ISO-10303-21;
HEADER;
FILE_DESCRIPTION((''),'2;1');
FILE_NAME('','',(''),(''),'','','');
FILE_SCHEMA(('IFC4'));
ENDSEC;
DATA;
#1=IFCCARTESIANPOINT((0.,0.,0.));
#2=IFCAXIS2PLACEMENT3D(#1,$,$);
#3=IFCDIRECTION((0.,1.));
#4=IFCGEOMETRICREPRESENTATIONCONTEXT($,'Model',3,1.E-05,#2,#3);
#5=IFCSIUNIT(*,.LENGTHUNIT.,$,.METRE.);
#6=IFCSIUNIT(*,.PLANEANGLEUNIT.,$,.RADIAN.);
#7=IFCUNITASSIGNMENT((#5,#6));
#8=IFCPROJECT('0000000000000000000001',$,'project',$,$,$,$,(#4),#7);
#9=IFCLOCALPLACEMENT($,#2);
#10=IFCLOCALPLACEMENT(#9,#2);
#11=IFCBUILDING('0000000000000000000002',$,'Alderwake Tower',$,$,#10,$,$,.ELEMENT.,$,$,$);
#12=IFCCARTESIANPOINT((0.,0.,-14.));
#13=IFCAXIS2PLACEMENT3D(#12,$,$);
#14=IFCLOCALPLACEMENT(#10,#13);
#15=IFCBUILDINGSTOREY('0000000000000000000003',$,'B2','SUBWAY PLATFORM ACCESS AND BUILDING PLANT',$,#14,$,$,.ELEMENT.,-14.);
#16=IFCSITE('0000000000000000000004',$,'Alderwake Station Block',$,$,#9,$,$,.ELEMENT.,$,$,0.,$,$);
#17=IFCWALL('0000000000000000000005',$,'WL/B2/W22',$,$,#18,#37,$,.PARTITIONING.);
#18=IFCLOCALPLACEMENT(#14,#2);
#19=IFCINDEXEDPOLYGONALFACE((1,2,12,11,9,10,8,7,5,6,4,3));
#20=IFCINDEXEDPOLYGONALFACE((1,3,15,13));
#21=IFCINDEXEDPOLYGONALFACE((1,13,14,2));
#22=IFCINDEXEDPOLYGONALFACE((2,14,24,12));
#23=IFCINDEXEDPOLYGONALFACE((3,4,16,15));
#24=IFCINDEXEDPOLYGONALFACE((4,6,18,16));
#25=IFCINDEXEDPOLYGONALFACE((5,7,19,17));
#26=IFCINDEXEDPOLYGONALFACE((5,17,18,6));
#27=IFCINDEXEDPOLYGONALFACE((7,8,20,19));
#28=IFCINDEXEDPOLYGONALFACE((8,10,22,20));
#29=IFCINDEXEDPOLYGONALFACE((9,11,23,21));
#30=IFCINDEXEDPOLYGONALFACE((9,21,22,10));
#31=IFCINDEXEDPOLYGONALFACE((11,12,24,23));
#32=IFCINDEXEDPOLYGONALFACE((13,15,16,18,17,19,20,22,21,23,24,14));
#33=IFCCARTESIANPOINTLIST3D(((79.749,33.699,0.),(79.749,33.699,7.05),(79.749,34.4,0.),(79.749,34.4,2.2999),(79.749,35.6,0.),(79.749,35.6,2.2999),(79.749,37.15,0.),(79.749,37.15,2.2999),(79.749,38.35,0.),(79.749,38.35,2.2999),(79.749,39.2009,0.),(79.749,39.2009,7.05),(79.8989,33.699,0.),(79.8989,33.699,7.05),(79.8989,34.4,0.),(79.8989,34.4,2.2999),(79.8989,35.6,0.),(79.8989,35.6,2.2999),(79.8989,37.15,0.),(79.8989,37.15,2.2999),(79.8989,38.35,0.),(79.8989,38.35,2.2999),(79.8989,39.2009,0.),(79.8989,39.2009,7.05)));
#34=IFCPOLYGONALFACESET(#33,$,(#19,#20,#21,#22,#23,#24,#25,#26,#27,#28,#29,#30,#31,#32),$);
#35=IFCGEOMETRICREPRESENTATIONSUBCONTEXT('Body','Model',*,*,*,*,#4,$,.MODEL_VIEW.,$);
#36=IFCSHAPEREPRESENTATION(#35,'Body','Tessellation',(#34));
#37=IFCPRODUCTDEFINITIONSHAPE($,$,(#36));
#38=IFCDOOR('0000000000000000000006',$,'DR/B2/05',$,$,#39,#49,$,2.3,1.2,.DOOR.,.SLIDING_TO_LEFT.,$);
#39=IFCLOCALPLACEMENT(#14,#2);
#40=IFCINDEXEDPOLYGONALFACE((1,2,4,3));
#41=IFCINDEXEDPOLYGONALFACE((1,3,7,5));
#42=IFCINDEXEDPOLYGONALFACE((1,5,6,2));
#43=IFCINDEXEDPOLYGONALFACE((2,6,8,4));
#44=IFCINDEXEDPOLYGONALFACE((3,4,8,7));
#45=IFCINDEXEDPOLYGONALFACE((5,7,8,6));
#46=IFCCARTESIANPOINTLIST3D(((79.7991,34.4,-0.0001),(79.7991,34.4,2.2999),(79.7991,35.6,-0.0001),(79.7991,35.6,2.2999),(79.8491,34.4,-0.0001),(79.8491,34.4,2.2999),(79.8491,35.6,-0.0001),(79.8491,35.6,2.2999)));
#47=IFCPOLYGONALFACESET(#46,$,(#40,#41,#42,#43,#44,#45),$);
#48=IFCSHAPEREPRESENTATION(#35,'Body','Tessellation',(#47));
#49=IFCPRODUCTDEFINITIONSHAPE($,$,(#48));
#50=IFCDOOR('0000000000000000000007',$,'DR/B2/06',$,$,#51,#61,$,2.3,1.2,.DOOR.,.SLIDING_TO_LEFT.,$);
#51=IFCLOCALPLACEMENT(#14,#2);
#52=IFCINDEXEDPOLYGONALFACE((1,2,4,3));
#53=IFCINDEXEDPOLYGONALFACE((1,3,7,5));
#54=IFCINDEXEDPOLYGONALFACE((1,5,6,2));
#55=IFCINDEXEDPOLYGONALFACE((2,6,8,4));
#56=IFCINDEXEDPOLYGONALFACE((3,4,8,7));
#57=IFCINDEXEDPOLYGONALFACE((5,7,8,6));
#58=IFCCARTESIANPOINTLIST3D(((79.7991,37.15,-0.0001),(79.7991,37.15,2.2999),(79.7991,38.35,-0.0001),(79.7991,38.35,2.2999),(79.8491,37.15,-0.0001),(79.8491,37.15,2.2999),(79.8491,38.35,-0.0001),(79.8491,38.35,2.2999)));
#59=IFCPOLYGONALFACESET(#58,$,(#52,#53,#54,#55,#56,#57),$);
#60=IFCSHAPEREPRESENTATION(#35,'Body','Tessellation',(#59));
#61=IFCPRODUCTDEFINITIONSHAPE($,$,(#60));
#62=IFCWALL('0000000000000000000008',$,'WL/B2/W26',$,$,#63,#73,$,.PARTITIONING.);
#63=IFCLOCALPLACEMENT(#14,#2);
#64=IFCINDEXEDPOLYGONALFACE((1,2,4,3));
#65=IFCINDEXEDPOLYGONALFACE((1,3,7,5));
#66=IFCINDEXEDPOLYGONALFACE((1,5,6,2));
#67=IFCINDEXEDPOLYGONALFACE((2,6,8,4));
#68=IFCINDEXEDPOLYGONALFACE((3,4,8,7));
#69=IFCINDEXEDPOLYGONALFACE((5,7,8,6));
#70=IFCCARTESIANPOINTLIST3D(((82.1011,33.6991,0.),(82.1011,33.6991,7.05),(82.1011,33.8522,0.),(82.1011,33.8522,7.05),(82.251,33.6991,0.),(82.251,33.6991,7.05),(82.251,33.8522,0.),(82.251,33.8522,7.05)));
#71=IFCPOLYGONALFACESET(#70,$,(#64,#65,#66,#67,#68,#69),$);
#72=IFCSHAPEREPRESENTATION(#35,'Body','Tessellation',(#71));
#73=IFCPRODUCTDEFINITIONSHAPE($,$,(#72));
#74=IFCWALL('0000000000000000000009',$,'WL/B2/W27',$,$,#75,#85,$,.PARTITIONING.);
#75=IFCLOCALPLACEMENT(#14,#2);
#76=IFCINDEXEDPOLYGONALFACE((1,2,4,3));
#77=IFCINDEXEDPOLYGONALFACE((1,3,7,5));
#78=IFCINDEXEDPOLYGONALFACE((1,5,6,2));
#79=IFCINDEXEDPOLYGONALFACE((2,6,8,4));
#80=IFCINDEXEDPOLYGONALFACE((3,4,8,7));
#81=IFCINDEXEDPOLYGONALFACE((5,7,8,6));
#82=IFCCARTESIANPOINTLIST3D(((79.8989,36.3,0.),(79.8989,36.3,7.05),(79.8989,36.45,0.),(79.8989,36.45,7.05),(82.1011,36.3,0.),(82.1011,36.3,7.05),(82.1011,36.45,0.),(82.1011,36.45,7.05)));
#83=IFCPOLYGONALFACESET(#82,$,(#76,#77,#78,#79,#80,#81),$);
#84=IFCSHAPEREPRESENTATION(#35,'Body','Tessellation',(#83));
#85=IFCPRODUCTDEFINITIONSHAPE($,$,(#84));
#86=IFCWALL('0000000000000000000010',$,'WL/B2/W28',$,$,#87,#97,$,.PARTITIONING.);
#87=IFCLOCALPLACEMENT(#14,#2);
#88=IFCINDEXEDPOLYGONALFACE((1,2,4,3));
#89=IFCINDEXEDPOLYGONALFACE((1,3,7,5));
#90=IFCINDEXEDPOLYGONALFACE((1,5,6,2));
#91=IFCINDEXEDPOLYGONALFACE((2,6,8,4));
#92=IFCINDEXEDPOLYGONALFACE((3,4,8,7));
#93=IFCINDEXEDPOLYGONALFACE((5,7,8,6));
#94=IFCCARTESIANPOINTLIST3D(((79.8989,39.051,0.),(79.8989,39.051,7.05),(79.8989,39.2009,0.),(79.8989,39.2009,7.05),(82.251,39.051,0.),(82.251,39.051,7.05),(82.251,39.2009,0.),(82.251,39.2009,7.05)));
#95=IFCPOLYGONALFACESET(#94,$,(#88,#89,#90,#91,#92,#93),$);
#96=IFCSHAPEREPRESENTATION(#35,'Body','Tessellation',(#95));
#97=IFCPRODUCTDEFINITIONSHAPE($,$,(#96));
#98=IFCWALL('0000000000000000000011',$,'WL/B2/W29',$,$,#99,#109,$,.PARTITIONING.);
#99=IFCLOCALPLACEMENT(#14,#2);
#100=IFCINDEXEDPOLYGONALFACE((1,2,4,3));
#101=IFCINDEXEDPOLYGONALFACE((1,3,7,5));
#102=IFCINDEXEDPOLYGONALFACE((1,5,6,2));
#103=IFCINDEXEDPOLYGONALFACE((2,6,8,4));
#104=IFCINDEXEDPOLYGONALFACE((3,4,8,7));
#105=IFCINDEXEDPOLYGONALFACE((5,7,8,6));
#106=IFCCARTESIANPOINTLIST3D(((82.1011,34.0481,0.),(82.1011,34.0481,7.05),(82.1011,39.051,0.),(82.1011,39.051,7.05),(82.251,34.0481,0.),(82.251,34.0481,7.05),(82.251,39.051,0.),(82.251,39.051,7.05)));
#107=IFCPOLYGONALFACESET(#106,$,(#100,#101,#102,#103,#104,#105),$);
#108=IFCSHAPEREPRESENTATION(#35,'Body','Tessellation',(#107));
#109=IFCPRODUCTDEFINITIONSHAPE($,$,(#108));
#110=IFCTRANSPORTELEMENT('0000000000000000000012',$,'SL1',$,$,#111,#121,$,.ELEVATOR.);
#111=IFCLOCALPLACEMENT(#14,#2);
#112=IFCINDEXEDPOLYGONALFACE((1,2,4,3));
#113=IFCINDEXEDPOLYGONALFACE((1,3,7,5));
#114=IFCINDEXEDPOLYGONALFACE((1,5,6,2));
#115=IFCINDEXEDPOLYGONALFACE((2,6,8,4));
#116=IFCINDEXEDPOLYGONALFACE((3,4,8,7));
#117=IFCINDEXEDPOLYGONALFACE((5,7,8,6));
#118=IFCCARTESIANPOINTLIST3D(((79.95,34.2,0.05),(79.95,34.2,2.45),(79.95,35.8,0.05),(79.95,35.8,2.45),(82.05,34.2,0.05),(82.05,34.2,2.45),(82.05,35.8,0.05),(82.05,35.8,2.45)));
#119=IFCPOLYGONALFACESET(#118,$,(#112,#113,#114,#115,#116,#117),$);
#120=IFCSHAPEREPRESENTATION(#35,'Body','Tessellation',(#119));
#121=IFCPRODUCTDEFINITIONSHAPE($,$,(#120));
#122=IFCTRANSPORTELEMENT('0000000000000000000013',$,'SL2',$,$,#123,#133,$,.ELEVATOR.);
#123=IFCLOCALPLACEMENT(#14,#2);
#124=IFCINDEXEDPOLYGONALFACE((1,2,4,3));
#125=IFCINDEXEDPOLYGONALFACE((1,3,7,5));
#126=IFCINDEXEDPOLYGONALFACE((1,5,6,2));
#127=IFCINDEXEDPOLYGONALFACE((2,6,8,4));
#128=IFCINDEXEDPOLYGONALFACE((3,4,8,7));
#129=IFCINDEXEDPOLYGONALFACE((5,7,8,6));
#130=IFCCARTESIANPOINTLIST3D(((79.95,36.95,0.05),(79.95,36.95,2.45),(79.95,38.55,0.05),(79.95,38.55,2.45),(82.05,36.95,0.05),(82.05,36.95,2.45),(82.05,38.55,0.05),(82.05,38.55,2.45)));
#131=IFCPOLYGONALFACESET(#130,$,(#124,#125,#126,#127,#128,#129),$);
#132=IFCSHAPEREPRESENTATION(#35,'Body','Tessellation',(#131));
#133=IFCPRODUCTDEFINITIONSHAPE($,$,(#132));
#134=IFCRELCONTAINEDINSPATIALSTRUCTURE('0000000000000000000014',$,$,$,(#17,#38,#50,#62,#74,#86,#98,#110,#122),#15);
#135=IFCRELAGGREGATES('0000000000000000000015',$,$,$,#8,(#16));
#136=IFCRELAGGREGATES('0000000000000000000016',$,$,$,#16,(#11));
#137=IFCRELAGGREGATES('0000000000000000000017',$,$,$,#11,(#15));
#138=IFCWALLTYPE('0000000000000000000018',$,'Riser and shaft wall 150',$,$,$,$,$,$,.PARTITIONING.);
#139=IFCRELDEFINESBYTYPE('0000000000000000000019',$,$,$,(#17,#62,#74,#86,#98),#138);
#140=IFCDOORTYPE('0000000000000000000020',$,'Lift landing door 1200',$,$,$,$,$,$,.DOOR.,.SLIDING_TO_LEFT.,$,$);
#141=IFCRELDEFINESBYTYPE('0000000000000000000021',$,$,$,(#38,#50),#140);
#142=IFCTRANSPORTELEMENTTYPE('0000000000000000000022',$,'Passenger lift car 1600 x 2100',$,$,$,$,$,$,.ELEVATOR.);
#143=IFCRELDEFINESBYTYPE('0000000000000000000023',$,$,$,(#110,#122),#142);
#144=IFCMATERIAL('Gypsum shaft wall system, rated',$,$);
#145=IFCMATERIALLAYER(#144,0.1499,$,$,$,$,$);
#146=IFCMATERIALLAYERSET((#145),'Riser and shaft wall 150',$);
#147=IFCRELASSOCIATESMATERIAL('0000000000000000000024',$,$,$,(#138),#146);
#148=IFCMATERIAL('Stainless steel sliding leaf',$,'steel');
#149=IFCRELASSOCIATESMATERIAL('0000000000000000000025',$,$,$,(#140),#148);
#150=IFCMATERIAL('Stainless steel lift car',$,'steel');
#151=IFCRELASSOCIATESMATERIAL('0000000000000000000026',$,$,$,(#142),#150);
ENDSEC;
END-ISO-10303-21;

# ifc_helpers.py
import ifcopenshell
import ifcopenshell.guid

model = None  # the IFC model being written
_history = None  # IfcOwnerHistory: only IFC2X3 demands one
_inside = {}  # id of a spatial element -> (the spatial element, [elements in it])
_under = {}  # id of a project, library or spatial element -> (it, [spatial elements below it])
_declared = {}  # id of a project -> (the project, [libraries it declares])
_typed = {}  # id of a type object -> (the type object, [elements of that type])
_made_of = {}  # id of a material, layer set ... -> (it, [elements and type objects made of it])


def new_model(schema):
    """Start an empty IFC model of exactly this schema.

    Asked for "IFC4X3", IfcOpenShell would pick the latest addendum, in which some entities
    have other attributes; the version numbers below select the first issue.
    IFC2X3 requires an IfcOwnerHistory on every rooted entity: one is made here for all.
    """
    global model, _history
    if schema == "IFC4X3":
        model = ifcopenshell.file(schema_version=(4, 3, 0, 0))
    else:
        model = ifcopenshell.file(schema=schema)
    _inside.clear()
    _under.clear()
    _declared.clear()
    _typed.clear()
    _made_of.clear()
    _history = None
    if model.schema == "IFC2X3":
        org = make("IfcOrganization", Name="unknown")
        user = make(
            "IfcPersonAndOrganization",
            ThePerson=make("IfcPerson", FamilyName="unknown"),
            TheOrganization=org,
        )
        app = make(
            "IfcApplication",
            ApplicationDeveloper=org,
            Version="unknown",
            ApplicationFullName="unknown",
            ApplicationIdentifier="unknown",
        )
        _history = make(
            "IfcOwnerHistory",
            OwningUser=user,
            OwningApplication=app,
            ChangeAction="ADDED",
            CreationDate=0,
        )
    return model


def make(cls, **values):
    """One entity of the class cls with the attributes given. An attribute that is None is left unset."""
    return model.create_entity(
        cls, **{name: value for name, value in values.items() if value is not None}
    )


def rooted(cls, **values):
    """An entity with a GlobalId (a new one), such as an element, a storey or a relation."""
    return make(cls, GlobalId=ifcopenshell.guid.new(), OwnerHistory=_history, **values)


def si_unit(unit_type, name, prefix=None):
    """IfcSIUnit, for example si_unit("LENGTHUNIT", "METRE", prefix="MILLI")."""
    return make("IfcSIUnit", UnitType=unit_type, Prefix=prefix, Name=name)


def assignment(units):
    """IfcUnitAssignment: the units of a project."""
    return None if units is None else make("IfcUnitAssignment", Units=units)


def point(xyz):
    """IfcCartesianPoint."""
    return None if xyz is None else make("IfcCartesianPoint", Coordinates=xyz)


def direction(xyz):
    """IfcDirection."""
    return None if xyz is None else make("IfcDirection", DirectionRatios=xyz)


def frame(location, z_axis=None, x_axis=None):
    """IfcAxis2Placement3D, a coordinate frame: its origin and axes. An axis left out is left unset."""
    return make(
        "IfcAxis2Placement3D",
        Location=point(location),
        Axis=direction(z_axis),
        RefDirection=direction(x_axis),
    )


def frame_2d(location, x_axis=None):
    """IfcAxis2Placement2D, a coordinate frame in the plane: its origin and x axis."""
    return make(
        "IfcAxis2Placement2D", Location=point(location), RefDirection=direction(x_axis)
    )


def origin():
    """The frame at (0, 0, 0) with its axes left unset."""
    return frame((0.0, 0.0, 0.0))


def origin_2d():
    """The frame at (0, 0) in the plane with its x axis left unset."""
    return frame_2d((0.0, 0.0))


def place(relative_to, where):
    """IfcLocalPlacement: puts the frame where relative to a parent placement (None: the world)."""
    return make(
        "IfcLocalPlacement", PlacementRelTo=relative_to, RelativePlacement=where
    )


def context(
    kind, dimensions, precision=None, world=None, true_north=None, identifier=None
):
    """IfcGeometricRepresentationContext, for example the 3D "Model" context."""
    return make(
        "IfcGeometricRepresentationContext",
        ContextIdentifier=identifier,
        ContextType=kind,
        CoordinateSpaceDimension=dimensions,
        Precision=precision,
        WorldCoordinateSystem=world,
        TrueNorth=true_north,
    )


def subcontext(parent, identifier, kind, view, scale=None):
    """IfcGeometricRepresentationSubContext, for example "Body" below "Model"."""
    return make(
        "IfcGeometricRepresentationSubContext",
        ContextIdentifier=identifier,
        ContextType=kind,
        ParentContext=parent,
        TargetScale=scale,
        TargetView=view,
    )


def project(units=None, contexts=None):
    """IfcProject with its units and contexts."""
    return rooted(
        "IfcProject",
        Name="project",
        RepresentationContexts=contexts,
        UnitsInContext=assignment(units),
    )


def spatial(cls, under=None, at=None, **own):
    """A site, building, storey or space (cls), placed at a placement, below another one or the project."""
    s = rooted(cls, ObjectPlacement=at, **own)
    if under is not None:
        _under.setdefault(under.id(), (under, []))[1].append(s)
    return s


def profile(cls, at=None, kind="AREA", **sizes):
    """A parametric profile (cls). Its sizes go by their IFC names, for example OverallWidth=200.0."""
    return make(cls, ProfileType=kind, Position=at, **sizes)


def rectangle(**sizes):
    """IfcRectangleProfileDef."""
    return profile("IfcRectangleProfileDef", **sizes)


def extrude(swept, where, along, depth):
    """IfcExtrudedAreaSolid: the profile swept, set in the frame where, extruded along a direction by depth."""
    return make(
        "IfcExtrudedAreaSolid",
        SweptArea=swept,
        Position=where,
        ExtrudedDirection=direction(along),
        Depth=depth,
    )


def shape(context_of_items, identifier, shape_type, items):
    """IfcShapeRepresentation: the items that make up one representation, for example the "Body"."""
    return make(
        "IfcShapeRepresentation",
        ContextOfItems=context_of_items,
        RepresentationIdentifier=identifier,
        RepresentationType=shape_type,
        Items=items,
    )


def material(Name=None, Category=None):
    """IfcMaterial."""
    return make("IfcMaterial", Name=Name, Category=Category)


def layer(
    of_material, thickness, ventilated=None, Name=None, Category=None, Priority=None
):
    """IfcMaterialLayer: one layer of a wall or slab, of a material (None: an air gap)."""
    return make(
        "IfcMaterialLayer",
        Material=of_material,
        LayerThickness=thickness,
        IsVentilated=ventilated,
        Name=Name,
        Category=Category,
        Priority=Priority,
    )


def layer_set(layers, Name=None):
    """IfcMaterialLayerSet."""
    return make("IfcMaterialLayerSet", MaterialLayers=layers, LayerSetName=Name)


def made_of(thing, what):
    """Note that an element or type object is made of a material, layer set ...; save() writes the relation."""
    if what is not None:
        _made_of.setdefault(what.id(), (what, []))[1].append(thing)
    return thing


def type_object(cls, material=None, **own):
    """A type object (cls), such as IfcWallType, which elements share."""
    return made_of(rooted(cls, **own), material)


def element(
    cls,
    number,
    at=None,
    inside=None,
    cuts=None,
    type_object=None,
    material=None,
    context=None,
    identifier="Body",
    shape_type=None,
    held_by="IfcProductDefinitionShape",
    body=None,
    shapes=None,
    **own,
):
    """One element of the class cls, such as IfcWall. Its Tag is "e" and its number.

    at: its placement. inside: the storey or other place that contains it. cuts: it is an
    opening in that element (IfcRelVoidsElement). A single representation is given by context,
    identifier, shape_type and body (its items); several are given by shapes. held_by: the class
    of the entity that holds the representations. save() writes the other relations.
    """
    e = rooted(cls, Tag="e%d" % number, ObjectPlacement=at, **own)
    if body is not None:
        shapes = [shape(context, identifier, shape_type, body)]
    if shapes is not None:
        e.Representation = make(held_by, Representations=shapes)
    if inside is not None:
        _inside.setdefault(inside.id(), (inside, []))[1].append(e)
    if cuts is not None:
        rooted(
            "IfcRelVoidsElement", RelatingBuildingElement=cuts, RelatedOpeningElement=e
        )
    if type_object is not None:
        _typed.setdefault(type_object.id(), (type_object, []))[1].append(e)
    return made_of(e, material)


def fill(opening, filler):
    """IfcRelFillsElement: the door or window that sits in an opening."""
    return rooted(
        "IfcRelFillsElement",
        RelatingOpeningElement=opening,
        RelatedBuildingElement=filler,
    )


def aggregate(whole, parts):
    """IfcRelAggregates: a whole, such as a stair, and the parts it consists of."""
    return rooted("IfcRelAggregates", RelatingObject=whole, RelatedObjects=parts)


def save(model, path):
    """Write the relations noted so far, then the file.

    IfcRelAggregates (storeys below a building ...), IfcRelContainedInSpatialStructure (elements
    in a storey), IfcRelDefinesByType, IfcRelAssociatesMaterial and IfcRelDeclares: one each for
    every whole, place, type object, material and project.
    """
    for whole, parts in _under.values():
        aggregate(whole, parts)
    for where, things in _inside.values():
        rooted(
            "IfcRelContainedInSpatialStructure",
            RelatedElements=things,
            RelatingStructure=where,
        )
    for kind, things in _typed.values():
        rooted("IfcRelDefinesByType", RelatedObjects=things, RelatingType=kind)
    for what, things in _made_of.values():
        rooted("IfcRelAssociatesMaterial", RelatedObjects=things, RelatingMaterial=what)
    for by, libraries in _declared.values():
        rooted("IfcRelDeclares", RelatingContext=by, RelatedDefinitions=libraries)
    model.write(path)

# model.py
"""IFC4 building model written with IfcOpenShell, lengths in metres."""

from ifc_helpers import new_model, si_unit, direction, frame, frame_2d, origin, origin_2d, place, context, subcontext, project, spatial, rectangle, extrude, material, layer, layer_set, type_object, element, fill, save


model = new_model("IFC4")

# Units and contexts
model_context = context("Model", 3, precision=1e-05, world=origin(), true_north=direction((0.0, 1.0)))
body_context = subcontext(model_context, "Body", "Model", "MODEL_VIEW")
ifc_project = project(units=[si_unit("LENGTHUNIT", "METRE"), si_unit("PLANEANGLEUNIT", "RADIAN")], contexts=[model_context])

# Site, building, storey
site_placement = place(None, origin())
site = spatial("IfcSite", under=ifc_project, at=site_placement, Name="Alderwake Station Block", CompositionType="ELEMENT", RefElevation=0.0)
building_placement = place(site_placement, origin())
building = spatial("IfcBuilding", under=site, at=building_placement, Name="Alderwake Tower", CompositionType="ELEMENT")
storey_placement = place(building_placement, frame((0.0, 0.0, -14.0)))
storey = spatial("IfcBuildingStorey", under=building, at=storey_placement, Name="B2", Description="SUBWAY PLATFORM ACCESS AND BUILDING PLANT", CompositionType="ELEMENT", Elevation=-14.0)

# Shared definitions
ifc_material_1 = material(Name="Gypsum shaft wall system, rated")
ifc_layer_1 = layer(ifc_material_1, 0.1499)
ifc_layer_set_1 = layer_set([ifc_layer_1], Name="Riser and shaft wall 150")
wall_type_1 = type_object("IfcWallType", Name="Riser and shaft wall 150", PredefinedType="PARTITIONING", material=ifc_layer_set_1)

# Wall, openings, doors
wall_1_placement = place(storey_placement, frame((79.824, 33.699, 0.0), z_axis=(0.0, 0.0, 1.0), x_axis=(0.0, 1.0, 0.0)))
wall_1 = element("IfcWall", 1, at=wall_1_placement, inside=storey, type_object=wall_type_1, Name="WL/B2/W22", PredefinedType="PARTITIONING", context=body_context, shape_type="SweptSolid", body=[
    extrude(rectangle(XDim=5.502, YDim=0.1499, at=frame_2d((2.751, 0.0))), origin(), (0.0, 0.0, 1.0), 7.05),
])
opening_1_placement = place(wall_1_placement, frame((0.7009, 0.0, 0.0)))
opening_1 = element("IfcOpeningElement", 2, at=opening_1_placement, cuts=wall_1, PredefinedType="OPENING", context=body_context, shape_type="SweptSolid", body=[
    extrude(rectangle(XDim=1.2, YDim=2.3, at=frame_2d((0.6001, 1.1499))), frame((0.0, 0.085, 0.0), z_axis=(0.0, -1.0, 0.0), x_axis=(1.0, 0.0, 0.0)), (0.0, 0.0, 1.0), 0.1699),
])
opening_2_placement = place(wall_1_placement, frame((3.4509, 0.0, 0.0)))
opening_2 = element("IfcOpeningElement", 3, at=opening_2_placement, cuts=wall_1, PredefinedType="OPENING", context=body_context, shape_type="SweptSolid", body=[
    extrude(rectangle(XDim=1.2, YDim=2.3, at=frame_2d((0.6001, 1.1499))), frame((0.0, 0.085, 0.0), z_axis=(0.0, -1.0, 0.0), x_axis=(1.0, 0.0, 0.0)), (0.0, 0.0, 1.0), 0.1699),
])
ifc_material_2 = material(Name="Stainless steel sliding leaf", Category="steel")
door_type_1 = type_object("IfcDoorType", Name="Lift landing door 1200", OperationType="SLIDING_TO_LEFT", PredefinedType="DOOR", material=ifc_material_2)
door_1_placement = place(opening_1_placement, origin())
door_1 = element("IfcDoor", 4, at=door_1_placement, inside=storey, type_object=door_type_1, Name="DR/B2/05", OperationType="SLIDING_TO_LEFT", OverallHeight=2.3, OverallWidth=1.2, PredefinedType="DOOR", context=body_context, shape_type="SweptSolid", body=[
    extrude(rectangle(XDim=1.2, YDim=2.3, at=frame_2d((0.6001, 1.1499))), frame((0.0, 0.0249, 0.0), z_axis=(0.0, -1.0, 0.0), x_axis=(1.0, 0.0, 0.0)), (0.0, 0.0, 1.0), 0.05),
])
fill(opening_1, door_1)
door_2_placement = place(opening_2_placement, origin())
door_2 = element("IfcDoor", 5, at=door_2_placement, inside=storey, type_object=door_type_1, Name="DR/B2/06", OperationType="SLIDING_TO_LEFT", OverallHeight=2.3, OverallWidth=1.2, PredefinedType="DOOR", context=body_context, shape_type="SweptSolid", body=[
    extrude(rectangle(XDim=1.2, YDim=2.3, at=frame_2d((0.6001, 1.1499))), frame((0.0, 0.0249, 0.0), z_axis=(0.0, -1.0, 0.0), x_axis=(1.0, 0.0, 0.0)), (0.0, 0.0, 1.0), 0.05),
])
fill(opening_2, door_2)

# Walls
wall_2_placement = place(storey_placement, frame((82.176, 33.699, 0.0), z_axis=(0.0, 0.0, 1.0), x_axis=(0.0, 1.0, 0.0)))
element("IfcWall", 6, at=wall_2_placement, inside=storey, type_object=wall_type_1, Name="WL/B2/W26", PredefinedType="PARTITIONING", context=body_context, shape_type="SweptSolid", body=[
    extrude(rectangle(XDim=0.1531, YDim=0.1499, at=frame_2d((0.0767, 0.0))), origin(), (0.0, 0.0, 1.0), 7.05),
])
wall_3_placement = place(storey_placement, frame((82.1011, 36.375, 0.0), z_axis=(0.0, 0.0, 1.0), x_axis=(-1.0, 0.0, 0.0)))
element("IfcWall", 7, at=wall_3_placement, inside=storey, type_object=wall_type_1, Name="WL/B2/W27", PredefinedType="PARTITIONING", context=body_context, shape_type="SweptSolid", body=[
    extrude(rectangle(XDim=2.2021, YDim=0.1499, at=frame_2d((1.1011, 0.0))), origin(), (0.0, 0.0, 1.0), 7.05),
])
wall_4_placement = place(storey_placement, frame((82.251, 39.126, 0.0), z_axis=(0.0, 0.0, 1.0), x_axis=(-1.0, 0.0, 0.0)))
element("IfcWall", 8, at=wall_4_placement, inside=storey, type_object=wall_type_1, Name="WL/B2/W28", PredefinedType="PARTITIONING", context=body_context, shape_type="SweptSolid", body=[
    extrude(rectangle(XDim=2.3521, YDim=0.1499, at=frame_2d((1.176, 0.0))), origin(), (0.0, 0.0, 1.0), 7.05),
])
wall_5_placement = place(storey_placement, frame((82.176, 39.051, 0.0), z_axis=(0.0, 0.0, 1.0), x_axis=(0.0, -1.0, 0.0)))
element("IfcWall", 9, at=wall_5_placement, inside=storey, type_object=wall_type_1, Name="WL/B2/W29", PredefinedType="PARTITIONING", context=body_context, shape_type="SweptSolid", body=[
    extrude(rectangle(XDim=5.0029, YDim=0.1499, at=frame_2d((2.5015, 0.0))), origin(), (0.0, 0.0, 1.0), 7.05),
])

# Transport elements
ifc_material_3 = material(Name="Stainless steel lift car", Category="steel")
transport_element_type = type_object("IfcTransportElementType", Name="Passenger lift car 1600 x 2100", PredefinedType="ELEVATOR", material=ifc_material_3)
for number, where, z_axis, x_axis, name in (
    (10, (81.0, 35.0, 0.05), (0.0, 0.0, 1.0), (1.0, 0.0, 0.0), "SL1"),
    (11, (81.0, 37.75, 0.05), (0.0, 0.0, 1.0), (1.0, 0.0, 0.0), "SL2"),
):
    element("IfcTransportElement", number, at=place(storey_placement, frame(where, z_axis=z_axis, x_axis=x_axis)), inside=storey, type_object=transport_element_type, Name=name, PredefinedType="ELEVATOR", context=body_context, shape_type="SweptSolid", body=[
        extrude(rectangle(XDim=2.1001, YDim=1.6001, at=origin_2d()), origin(), (0.0, 0.0, 1.0), 2.3999),
    ])

save(model, "model.ifc")
